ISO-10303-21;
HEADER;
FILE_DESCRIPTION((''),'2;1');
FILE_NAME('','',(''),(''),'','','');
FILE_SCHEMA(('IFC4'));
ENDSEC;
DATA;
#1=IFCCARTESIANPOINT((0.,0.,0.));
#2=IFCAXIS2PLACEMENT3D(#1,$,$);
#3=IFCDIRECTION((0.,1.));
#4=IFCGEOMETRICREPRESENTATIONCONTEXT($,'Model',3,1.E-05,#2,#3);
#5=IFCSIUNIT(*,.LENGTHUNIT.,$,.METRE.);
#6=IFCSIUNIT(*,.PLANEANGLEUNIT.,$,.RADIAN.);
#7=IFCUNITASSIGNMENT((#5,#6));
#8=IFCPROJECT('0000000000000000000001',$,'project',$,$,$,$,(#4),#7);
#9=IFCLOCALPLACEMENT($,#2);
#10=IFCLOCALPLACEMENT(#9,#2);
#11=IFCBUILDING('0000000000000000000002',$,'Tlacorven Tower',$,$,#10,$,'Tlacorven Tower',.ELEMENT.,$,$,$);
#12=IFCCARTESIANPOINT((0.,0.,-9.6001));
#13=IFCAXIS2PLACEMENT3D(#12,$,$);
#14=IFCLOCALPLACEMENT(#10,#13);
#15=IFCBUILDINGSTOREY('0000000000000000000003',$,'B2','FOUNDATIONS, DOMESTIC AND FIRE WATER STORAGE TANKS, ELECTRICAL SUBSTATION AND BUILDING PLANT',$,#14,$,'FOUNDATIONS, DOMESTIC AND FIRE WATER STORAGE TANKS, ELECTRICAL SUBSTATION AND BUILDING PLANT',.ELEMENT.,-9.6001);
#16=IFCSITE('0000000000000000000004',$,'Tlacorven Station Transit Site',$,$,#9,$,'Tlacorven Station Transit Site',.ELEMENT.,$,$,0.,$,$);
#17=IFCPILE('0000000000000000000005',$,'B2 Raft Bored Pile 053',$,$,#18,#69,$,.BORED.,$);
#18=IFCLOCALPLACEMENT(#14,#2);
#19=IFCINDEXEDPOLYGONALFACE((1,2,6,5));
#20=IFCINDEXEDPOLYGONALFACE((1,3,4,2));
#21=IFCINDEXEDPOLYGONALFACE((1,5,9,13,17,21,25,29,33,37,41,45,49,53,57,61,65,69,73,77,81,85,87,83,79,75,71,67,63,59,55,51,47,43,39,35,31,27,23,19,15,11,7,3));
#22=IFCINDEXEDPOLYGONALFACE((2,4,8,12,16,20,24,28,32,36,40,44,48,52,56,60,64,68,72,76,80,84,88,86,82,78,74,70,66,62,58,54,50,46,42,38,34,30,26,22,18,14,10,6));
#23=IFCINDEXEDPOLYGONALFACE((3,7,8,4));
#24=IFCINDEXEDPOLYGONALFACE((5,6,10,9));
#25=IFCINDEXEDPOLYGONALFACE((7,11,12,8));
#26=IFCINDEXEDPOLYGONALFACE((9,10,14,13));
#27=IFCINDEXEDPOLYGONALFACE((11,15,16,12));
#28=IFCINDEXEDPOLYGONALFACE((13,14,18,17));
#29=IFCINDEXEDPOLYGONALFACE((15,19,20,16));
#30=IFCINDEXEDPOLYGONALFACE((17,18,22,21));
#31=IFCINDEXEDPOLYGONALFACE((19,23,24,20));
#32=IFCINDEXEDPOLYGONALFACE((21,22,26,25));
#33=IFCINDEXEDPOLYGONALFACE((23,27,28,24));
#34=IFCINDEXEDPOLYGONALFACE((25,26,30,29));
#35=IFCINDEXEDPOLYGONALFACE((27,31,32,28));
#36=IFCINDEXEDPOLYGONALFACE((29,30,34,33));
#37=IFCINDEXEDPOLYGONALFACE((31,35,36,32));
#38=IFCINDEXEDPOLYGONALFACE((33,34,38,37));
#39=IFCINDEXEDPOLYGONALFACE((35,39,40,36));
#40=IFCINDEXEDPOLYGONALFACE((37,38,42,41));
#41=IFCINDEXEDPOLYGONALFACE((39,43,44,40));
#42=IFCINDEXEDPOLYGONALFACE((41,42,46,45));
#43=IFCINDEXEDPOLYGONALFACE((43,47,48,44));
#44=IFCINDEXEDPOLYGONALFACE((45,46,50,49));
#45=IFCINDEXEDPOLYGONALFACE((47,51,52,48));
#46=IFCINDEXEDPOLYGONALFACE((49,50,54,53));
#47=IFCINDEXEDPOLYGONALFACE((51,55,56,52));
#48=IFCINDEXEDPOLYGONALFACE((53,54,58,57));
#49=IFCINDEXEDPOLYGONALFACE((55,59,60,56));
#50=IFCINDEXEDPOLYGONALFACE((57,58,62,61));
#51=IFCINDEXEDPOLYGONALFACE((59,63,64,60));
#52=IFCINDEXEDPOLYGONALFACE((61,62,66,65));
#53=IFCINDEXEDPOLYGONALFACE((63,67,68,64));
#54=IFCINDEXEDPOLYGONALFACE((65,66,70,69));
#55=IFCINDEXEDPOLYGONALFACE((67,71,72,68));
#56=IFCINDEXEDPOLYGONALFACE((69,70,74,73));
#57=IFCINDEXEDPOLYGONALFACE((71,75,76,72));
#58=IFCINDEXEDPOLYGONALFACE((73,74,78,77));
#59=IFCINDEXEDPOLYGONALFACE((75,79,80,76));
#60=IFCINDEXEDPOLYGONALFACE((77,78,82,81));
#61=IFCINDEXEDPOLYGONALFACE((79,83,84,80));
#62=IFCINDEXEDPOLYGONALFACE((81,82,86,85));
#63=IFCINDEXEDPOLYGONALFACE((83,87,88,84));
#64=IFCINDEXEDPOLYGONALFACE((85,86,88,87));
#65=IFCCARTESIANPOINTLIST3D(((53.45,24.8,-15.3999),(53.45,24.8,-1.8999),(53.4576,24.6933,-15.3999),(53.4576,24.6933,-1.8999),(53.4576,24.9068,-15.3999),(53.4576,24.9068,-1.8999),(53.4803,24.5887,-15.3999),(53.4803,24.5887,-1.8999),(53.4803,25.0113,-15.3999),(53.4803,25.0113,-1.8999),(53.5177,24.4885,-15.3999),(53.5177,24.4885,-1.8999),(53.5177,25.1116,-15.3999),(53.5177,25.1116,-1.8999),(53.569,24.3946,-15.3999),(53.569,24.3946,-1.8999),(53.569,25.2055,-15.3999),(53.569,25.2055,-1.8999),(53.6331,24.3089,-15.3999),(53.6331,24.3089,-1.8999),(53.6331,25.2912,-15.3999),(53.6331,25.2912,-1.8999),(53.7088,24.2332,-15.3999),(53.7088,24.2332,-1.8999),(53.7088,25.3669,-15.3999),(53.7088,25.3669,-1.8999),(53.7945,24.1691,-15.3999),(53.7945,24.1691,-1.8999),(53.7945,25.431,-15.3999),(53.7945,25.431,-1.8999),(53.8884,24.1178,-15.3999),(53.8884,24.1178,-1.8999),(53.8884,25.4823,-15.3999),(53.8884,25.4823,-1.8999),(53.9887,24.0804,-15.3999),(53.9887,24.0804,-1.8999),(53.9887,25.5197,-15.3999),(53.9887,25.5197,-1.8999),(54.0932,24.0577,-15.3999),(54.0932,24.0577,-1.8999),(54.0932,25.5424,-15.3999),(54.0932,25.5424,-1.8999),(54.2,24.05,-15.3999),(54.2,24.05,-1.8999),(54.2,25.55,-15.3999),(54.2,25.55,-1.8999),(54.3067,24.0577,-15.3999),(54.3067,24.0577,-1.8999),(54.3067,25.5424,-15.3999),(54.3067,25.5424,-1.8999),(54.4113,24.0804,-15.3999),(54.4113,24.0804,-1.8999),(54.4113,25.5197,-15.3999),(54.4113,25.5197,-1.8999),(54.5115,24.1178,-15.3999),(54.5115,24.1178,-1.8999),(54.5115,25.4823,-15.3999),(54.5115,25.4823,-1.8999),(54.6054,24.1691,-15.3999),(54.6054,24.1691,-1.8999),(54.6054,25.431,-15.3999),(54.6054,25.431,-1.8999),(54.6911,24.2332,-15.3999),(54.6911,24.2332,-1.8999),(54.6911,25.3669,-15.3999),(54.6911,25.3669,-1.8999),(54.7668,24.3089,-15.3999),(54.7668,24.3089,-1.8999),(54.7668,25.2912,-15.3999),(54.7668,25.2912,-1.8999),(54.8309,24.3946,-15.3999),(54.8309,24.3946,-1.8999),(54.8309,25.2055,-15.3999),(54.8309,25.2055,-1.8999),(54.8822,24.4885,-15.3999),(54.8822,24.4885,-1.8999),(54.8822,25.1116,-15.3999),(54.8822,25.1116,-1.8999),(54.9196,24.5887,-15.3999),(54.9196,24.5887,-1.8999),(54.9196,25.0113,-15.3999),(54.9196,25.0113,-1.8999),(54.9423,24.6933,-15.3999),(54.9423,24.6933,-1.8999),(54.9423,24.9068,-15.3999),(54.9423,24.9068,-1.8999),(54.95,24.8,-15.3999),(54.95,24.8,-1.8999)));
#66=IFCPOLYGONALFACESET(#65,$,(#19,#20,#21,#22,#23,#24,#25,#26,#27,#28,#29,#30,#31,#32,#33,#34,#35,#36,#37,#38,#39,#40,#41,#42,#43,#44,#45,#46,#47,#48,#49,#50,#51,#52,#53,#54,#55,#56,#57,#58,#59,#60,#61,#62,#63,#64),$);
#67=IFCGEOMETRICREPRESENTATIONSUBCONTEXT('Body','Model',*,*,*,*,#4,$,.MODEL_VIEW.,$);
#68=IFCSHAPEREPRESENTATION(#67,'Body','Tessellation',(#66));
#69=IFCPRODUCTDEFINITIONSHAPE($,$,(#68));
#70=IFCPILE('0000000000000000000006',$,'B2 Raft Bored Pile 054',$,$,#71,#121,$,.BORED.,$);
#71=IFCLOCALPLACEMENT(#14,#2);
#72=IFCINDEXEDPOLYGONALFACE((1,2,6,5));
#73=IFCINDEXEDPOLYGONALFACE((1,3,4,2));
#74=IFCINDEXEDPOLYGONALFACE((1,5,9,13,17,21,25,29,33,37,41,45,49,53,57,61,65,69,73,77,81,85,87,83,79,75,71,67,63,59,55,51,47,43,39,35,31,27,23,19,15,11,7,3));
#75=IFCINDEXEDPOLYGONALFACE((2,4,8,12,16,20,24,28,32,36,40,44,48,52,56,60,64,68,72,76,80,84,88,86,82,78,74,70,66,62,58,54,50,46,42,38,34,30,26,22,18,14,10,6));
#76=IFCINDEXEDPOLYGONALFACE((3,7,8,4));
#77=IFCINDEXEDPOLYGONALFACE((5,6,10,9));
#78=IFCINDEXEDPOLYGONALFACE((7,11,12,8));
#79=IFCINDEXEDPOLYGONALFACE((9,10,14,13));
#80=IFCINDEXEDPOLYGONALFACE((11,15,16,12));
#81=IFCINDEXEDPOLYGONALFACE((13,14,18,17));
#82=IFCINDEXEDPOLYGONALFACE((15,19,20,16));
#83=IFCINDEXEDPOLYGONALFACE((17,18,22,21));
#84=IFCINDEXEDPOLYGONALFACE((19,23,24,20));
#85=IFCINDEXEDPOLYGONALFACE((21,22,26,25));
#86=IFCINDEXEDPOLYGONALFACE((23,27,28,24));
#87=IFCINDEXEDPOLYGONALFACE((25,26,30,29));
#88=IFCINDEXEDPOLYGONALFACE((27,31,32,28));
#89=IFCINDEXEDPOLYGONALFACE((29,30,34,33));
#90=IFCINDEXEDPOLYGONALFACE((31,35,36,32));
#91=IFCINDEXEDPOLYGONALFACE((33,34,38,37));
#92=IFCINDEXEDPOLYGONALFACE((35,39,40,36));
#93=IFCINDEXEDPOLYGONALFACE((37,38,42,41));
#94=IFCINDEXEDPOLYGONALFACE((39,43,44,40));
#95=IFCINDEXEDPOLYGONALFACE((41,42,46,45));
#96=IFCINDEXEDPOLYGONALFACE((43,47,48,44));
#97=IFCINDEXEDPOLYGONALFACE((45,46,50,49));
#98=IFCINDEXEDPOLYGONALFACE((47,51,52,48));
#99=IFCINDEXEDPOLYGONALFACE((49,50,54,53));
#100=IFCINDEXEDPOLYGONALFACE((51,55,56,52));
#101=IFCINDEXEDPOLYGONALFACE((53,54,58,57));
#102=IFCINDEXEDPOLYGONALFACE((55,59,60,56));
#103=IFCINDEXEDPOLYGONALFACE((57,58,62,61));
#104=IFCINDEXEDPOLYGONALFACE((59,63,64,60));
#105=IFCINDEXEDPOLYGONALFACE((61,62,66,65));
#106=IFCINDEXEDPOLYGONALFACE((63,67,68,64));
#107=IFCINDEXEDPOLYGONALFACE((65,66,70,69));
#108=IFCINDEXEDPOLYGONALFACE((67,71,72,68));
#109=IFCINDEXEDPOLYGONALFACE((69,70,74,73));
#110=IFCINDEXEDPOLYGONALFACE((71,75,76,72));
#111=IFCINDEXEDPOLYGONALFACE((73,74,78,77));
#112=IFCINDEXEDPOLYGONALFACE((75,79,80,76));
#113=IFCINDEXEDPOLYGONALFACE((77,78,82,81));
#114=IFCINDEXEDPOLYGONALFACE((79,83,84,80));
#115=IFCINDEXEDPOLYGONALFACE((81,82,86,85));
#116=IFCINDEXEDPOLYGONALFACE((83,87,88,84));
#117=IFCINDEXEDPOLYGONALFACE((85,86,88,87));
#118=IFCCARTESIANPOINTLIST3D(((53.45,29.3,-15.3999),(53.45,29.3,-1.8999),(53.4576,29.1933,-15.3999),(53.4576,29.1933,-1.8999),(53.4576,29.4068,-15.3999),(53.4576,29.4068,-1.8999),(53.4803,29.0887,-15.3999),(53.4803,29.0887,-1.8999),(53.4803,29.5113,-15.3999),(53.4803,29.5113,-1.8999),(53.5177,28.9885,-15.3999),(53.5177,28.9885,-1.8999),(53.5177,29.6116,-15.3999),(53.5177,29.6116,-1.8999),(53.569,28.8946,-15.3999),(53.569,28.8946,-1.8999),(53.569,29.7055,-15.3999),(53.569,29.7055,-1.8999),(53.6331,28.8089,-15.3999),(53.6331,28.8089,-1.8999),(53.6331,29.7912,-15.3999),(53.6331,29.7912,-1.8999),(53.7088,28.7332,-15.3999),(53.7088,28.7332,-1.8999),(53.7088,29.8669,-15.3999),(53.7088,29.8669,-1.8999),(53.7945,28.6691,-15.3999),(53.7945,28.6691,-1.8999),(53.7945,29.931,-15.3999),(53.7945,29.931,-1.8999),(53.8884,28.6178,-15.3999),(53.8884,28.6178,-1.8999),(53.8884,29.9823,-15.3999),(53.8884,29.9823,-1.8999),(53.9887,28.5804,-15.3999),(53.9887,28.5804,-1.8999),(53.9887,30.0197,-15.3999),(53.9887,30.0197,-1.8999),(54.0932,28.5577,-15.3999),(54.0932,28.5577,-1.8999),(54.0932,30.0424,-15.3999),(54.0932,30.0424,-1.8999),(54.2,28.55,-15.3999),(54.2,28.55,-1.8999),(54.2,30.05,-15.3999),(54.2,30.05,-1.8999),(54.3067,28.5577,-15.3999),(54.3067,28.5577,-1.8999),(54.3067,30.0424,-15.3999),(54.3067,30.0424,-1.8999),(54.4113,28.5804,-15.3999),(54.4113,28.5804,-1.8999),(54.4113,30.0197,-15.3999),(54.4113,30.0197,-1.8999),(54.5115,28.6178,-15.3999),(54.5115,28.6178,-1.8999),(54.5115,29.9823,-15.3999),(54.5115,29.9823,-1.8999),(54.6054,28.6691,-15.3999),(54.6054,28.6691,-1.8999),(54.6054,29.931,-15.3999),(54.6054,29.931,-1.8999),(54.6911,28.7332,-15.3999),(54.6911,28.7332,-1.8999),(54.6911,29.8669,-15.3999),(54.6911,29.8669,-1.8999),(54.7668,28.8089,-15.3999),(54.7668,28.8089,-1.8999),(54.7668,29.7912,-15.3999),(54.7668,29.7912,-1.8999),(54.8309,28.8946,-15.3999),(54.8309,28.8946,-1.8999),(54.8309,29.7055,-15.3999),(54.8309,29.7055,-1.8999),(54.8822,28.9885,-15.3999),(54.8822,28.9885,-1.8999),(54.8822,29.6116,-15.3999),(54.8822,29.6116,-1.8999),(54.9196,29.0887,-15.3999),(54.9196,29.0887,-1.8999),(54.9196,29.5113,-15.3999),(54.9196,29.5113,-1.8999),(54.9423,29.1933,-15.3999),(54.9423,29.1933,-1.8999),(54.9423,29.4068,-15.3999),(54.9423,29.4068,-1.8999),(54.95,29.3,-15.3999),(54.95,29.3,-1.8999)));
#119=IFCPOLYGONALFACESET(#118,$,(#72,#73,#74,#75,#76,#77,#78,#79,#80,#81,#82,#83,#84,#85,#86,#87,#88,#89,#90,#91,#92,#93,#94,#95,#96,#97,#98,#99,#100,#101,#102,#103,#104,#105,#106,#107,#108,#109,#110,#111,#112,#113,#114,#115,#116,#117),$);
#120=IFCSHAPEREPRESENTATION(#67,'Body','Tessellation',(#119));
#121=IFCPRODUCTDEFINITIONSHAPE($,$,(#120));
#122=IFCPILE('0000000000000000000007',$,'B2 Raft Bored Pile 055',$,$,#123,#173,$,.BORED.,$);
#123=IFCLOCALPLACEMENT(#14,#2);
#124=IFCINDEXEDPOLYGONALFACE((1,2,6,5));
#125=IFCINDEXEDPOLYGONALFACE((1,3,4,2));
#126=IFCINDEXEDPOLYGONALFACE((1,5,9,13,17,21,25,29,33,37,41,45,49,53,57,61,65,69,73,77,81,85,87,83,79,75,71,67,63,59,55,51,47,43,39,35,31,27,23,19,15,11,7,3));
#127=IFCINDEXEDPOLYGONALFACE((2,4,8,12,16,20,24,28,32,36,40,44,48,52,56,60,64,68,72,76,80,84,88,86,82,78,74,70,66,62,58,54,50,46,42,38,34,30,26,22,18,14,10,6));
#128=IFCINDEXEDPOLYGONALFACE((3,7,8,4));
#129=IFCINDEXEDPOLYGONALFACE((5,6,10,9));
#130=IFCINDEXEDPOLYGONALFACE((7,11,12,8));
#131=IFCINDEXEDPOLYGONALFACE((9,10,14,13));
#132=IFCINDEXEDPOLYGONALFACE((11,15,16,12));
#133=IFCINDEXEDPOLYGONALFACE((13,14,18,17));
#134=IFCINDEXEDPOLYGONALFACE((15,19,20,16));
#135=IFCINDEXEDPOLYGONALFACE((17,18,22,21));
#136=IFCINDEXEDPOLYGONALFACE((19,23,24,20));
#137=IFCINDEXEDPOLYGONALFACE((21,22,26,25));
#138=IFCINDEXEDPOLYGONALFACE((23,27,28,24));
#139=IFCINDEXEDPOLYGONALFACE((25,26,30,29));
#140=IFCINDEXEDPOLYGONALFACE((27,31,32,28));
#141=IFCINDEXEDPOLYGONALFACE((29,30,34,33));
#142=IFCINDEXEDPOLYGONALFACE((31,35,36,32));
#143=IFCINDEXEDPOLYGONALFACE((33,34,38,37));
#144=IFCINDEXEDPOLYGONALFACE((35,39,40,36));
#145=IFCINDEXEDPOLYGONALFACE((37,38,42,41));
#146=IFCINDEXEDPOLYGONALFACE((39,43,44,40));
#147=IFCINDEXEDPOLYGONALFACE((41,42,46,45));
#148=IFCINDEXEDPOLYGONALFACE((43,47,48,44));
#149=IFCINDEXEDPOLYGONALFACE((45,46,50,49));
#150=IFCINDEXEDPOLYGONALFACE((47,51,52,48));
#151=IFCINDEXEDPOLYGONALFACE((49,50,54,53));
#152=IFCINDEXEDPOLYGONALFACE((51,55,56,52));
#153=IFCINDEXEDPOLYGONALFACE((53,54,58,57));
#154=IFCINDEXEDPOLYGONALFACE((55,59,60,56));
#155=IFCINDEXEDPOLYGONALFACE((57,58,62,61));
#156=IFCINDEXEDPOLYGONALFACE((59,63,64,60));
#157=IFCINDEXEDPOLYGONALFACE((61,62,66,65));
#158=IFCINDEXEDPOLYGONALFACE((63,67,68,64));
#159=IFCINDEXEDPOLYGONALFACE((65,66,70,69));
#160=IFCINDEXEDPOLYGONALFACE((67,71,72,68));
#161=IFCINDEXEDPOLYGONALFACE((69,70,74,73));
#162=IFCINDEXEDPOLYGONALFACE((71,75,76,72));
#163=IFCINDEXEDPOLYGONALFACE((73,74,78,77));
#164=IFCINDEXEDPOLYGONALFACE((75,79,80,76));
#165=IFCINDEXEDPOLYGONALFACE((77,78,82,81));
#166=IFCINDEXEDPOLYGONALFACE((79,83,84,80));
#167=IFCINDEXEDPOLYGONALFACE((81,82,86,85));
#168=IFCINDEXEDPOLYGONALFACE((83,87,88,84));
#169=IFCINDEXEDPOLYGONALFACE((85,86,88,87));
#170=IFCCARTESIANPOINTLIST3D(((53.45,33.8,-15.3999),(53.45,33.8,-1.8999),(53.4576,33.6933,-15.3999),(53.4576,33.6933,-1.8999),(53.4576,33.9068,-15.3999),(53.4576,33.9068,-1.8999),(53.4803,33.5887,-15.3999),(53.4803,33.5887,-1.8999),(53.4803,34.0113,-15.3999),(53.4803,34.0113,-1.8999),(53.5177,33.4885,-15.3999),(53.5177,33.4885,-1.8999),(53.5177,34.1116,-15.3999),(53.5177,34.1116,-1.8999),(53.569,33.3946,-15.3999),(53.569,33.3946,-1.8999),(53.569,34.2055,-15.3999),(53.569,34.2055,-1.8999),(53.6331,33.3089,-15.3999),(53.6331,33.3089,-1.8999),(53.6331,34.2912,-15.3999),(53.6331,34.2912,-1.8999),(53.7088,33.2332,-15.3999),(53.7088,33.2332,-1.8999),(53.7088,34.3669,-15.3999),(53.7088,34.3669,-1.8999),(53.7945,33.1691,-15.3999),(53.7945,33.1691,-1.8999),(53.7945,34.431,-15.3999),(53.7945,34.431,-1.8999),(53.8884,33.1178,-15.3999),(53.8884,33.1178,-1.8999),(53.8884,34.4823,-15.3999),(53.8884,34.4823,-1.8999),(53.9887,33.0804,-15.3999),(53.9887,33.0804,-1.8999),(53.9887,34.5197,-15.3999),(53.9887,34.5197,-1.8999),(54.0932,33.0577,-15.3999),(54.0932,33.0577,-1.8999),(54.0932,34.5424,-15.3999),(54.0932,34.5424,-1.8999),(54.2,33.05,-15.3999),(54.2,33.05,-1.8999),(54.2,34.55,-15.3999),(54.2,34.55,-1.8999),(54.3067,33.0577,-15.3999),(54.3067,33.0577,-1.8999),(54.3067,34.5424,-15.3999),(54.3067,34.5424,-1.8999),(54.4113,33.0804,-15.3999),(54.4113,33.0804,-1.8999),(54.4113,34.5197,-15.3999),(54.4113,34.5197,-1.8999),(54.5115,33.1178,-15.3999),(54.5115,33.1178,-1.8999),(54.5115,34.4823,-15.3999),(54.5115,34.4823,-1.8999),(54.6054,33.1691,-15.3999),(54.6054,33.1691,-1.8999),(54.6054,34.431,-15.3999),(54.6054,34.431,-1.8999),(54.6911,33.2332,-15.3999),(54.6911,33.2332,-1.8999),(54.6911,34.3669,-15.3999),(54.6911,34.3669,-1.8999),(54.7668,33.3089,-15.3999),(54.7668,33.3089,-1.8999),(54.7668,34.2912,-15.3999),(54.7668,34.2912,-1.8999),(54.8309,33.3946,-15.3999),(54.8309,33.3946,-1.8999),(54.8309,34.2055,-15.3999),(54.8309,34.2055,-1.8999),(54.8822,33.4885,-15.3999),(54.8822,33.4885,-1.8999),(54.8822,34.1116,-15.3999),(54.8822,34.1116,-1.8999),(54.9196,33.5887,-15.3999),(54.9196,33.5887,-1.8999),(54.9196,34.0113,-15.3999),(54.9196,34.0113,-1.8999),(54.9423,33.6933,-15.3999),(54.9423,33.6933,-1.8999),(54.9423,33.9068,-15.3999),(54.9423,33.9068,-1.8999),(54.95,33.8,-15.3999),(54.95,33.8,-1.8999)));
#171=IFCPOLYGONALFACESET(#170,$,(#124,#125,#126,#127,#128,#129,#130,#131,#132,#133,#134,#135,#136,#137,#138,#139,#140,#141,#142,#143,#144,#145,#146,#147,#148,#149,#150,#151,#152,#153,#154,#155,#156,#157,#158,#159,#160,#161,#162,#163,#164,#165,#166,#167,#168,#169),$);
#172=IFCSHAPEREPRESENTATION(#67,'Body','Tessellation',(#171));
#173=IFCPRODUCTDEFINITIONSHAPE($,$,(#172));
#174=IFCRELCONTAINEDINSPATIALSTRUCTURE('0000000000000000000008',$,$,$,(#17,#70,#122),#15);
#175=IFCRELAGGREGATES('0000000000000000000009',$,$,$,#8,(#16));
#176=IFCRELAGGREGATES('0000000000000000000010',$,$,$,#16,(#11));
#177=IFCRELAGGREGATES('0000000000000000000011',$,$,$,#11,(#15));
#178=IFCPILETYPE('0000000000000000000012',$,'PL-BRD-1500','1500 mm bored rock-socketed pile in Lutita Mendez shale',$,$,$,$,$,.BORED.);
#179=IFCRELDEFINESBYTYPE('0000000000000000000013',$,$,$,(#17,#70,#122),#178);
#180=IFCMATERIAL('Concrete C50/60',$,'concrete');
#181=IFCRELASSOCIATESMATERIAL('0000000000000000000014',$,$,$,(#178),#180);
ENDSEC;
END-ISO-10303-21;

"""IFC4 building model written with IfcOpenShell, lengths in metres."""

from ifc_helpers import new_model, si_unit, direction, frame, origin, origin_2d, place, context, subcontext, project, spatial, circle, extrude, source, transform, mapped, material, material_profile, profile_set, type_object, element, save


model = new_model("IFC4")

# Units and contexts
model_context = context("Model", 3, precision=1e-05, world=origin(), true_north=direction((0.0, 1.0)))
body_context = subcontext(model_context, "Body", "Model", "MODEL_VIEW")
ifc_project = project(units=[si_unit("LENGTHUNIT", "METRE"), si_unit("PLANEANGLEUNIT", "RADIAN")], contexts=[model_context])

# Site, building, storey
site_placement = place(None, origin())
site = spatial("IfcSite", under=ifc_project, at=site_placement, Name="Tlacorven Station Transit Site", LongName="Tlacorven Station Transit Site", CompositionType="ELEMENT", RefElevation=0.0)
building_placement = place(site_placement, origin())
building = spatial("IfcBuilding", under=site, at=building_placement, Name="Tlacorven Tower", LongName="Tlacorven Tower", CompositionType="ELEMENT")
storey_placement = place(building_placement, frame((0.0, 0.0, -9.6001)))
storey = spatial("IfcBuildingStorey", under=building, at=storey_placement, Name="B2", Description="FOUNDATIONS, DOMESTIC AND FIRE WATER STORAGE TANKS, ELECTRICAL SUBSTATION AND BUILDING PLANT", LongName="FOUNDATIONS, DOMESTIC AND FIRE WATER STORAGE TANKS, ELECTRICAL SUBSTATION AND BUILDING PLANT", CompositionType="ELEMENT", Elevation=-9.6001)

# Piles
ifc_material_1 = material(Name="Concrete C50/60", Category="concrete")
ifc_material_profile_1 = material_profile(ifc_material_1, circle(Radius=0.75, at=origin_2d()), Name="BORED PILE D1500")
ifc_profile_set_1 = profile_set([ifc_material_profile_1], Name="Concrete C50/60")
pile_type_1 = type_object("IfcPileType", Name="PL-BRD-1500", Description="1500 mm bored rock-socketed pile in Lutita Mendez shale", PredefinedType="BORED", material=ifc_profile_set_1)
shared_shape_1 = source(origin(), body_context, "Body", "SweptSolid", [
    extrude(circle(Radius=0.75, at=origin_2d()), origin(), (0.0, 0.0, 1.0), 13.5),
])
for number, where, z_axis, x_axis, name in (
    (1, (54.2, 24.8, -1.8999), (0.0, 0.0, -1.0), (1.0, 0.0, 0.0), "B2 Raft Bored Pile 053"),
    (2, (54.2, 29.3, -1.8999), (0.0, 0.0, -1.0), (1.0, 0.0, 0.0), "B2 Raft Bored Pile 054"),
    (3, (54.2, 33.8, -1.8999), (0.0, 0.0, -1.0), (1.0, 0.0, 0.0), "B2 Raft Bored Pile 055"),
):
    element("IfcPile", number, at=place(storey_placement, frame(where, z_axis=z_axis, x_axis=x_axis)), inside=storey, type_object=pile_type_1, Name=name, PredefinedType="BORED", context=body_context, shape_type="MappedRepresentation", body=[
        mapped(shared_shape_1, transform((0.0, 0.0, 0.0), scale=1.0)),
    ])

save(model, "model.ifc")
